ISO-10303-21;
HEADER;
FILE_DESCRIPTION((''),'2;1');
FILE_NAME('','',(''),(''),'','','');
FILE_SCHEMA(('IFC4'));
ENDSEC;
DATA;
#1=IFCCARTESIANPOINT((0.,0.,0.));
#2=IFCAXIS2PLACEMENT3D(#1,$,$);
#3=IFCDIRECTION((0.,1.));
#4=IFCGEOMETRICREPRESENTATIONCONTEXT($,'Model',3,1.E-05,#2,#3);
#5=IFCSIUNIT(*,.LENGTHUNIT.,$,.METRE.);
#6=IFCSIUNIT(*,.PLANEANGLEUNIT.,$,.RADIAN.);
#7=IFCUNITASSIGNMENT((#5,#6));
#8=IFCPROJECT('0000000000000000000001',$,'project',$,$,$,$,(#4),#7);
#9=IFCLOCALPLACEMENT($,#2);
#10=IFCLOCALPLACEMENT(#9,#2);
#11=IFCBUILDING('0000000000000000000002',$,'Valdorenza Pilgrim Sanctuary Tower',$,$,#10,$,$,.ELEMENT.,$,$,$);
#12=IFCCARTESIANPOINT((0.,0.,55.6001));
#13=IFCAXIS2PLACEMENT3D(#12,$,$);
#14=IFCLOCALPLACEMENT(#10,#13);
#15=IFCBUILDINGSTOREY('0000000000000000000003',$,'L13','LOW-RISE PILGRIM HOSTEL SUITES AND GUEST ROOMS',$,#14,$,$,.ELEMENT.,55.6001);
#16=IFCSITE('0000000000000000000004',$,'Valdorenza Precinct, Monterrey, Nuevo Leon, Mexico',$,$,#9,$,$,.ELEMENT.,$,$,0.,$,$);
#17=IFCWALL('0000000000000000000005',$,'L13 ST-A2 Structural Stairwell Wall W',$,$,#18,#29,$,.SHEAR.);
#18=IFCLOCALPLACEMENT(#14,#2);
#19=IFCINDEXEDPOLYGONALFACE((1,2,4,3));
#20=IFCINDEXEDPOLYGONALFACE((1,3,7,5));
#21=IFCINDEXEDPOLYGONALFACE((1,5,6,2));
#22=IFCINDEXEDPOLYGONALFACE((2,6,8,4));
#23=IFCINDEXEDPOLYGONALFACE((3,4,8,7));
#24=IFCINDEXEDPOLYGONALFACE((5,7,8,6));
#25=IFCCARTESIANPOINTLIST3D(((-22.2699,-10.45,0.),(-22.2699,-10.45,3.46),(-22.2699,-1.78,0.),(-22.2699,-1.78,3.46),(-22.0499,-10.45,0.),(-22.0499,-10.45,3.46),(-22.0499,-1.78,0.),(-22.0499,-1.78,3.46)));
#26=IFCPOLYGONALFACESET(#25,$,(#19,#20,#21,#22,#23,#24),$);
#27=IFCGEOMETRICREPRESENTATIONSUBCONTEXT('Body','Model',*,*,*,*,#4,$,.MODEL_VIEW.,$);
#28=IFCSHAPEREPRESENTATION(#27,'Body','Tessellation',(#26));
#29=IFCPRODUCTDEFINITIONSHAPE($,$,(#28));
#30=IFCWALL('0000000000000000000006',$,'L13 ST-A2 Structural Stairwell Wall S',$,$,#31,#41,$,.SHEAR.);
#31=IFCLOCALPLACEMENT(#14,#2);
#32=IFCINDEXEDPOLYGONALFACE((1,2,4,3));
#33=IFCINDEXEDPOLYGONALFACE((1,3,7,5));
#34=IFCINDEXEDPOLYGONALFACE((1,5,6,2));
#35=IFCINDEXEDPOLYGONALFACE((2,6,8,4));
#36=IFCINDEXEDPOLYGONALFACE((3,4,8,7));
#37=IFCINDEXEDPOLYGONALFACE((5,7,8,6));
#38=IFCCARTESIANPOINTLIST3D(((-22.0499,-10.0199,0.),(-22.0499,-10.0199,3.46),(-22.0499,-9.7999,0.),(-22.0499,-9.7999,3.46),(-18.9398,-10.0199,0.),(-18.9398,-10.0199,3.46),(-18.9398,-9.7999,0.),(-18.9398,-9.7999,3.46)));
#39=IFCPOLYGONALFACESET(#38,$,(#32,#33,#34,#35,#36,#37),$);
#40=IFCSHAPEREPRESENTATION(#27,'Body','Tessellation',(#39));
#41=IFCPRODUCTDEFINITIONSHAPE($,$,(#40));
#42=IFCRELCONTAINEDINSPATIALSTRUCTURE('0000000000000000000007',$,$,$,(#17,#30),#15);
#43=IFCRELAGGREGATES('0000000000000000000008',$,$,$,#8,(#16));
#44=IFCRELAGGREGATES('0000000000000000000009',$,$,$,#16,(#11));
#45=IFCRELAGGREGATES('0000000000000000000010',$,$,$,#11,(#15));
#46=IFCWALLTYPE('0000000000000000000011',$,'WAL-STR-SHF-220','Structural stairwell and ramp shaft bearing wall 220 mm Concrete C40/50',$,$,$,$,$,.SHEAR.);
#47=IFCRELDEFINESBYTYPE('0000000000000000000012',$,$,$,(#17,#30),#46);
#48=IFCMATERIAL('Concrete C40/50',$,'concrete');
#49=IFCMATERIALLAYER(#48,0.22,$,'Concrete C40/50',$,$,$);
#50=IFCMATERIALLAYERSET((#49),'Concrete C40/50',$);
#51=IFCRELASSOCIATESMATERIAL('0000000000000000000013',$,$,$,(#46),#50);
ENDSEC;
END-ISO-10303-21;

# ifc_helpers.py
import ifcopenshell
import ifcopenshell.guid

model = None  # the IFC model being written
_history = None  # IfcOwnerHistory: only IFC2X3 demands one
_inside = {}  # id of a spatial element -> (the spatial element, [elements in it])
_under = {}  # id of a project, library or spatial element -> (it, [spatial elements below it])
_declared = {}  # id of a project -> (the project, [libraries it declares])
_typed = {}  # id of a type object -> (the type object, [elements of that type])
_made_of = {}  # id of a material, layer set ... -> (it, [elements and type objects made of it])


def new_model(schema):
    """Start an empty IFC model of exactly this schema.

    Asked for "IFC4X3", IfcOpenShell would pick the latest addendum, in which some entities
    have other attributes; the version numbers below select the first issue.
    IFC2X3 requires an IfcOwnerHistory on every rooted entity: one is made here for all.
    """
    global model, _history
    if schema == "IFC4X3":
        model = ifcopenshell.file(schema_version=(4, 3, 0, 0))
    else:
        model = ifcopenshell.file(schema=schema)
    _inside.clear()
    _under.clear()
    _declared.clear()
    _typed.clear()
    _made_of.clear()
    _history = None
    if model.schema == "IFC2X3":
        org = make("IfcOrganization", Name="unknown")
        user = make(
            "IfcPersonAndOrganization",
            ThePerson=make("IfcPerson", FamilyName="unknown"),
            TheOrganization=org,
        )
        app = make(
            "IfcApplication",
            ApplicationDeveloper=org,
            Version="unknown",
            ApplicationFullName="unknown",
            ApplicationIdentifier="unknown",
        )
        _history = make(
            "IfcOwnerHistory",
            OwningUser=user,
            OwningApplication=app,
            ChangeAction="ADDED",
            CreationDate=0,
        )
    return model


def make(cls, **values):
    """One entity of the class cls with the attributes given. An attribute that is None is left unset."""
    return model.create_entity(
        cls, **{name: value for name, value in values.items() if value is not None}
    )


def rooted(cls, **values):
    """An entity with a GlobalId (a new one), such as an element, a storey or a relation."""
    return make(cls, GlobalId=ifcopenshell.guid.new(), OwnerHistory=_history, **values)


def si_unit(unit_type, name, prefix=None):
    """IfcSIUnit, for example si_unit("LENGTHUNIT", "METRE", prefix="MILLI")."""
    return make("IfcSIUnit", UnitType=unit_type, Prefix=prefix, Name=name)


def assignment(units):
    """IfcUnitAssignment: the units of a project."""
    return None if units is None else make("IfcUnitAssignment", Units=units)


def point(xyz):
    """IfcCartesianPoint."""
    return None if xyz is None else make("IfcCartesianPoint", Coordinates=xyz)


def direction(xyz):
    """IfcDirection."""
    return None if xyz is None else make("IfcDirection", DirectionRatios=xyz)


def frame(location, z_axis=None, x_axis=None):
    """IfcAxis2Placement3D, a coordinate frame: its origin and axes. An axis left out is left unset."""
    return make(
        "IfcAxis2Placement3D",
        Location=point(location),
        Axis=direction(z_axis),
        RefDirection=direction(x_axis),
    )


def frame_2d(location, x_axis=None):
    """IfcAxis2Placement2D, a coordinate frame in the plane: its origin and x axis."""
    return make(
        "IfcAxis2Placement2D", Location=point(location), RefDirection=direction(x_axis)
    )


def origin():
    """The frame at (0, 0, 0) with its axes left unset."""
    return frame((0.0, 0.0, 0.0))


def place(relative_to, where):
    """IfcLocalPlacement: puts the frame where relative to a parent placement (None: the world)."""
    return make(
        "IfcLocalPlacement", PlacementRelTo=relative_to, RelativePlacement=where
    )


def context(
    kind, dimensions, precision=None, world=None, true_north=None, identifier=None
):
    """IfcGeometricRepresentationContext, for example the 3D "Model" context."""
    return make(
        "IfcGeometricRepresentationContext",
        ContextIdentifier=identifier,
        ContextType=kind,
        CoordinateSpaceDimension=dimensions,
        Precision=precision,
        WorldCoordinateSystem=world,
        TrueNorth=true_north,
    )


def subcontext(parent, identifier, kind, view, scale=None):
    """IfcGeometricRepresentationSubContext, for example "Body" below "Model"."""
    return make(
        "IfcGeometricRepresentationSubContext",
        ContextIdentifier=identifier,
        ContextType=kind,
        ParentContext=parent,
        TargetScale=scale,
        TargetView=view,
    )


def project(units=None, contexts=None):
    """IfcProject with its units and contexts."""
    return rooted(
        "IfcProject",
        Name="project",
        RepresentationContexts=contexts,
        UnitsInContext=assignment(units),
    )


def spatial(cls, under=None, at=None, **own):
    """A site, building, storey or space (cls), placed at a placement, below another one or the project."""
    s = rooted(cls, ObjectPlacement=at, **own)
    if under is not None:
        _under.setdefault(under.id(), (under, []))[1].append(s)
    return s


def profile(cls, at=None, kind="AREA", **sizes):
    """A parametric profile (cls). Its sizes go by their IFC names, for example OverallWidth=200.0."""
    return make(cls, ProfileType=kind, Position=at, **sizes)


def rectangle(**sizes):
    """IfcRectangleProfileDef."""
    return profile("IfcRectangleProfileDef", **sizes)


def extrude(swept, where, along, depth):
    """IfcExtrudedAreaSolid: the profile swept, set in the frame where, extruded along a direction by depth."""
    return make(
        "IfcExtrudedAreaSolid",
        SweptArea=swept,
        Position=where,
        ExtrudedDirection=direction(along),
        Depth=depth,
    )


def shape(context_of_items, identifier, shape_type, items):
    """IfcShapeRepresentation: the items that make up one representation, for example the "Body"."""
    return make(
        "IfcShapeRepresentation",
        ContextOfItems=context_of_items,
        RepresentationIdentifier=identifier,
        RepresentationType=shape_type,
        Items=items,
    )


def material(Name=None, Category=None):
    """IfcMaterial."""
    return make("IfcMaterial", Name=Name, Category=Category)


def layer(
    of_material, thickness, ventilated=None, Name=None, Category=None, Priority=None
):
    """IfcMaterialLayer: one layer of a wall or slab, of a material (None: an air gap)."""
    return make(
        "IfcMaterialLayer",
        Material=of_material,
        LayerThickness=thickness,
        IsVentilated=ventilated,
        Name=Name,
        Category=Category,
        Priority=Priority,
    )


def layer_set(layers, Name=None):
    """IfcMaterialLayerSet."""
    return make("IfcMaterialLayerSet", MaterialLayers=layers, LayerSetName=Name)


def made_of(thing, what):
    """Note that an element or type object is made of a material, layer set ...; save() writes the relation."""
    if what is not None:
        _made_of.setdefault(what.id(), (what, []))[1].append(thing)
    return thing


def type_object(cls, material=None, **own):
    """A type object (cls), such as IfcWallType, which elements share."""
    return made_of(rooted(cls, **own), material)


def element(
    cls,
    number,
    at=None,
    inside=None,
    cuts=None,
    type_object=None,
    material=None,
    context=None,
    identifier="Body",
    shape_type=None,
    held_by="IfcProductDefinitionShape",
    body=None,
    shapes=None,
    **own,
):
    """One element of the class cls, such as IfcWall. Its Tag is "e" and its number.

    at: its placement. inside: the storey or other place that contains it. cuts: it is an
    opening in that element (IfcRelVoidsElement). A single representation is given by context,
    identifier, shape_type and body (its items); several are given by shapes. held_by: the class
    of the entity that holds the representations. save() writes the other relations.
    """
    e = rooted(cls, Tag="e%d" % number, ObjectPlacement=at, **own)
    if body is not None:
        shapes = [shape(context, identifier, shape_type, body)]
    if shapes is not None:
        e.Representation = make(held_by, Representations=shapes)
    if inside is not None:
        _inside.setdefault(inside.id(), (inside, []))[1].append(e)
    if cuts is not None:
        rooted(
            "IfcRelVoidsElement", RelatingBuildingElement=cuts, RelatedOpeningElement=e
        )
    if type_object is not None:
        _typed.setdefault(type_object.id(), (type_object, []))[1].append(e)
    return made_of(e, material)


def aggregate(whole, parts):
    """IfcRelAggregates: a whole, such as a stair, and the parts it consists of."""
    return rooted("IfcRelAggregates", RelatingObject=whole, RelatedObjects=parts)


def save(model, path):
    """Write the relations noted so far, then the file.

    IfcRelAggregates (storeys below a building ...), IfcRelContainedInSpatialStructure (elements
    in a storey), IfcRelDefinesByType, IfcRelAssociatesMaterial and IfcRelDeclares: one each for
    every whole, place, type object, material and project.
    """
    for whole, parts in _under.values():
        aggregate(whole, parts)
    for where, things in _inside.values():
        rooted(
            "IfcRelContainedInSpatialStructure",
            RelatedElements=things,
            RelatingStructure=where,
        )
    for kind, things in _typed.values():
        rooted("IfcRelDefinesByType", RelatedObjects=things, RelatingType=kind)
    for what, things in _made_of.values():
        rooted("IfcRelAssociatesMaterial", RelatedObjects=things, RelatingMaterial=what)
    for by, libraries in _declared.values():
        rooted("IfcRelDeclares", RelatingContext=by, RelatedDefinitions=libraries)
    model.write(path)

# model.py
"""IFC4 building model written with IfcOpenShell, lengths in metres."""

from ifc_helpers import new_model, si_unit, direction, frame, frame_2d, origin, place, context, subcontext, project, spatial, rectangle, extrude, material, layer, layer_set, type_object, element, save


model = new_model("IFC4")

# Units and contexts
model_context = context("Model", 3, precision=1e-05, world=origin(), true_north=direction((0.0, 1.0)))
body_context = subcontext(model_context, "Body", "Model", "MODEL_VIEW")
ifc_project = project(units=[si_unit("LENGTHUNIT", "METRE"), si_unit("PLANEANGLEUNIT", "RADIAN")], contexts=[model_context])

# Site, building, storey
site_placement = place(None, origin())
site = spatial("IfcSite", under=ifc_project, at=site_placement, Name="Valdorenza Precinct, Monterrey, Nuevo Leon, Mexico", CompositionType="ELEMENT", RefElevation=0.0)
building_placement = place(site_placement, origin())
building = spatial("IfcBuilding", under=site, at=building_placement, Name="Valdorenza Pilgrim Sanctuary Tower", CompositionType="ELEMENT")
storey_placement = place(building_placement, frame((0.0, 0.0, 55.6001)))
storey = spatial("IfcBuildingStorey", under=building, at=storey_placement, Name="L13", Description="LOW-RISE PILGRIM HOSTEL SUITES AND GUEST ROOMS", CompositionType="ELEMENT", Elevation=55.6001)

# Walls
ifc_material_1 = material(Name="Concrete C40/50", Category="concrete")
ifc_layer_1 = layer(ifc_material_1, 0.22, Name="Concrete C40/50")
ifc_layer_set_1 = layer_set([ifc_layer_1], Name="Concrete C40/50")
wall_type_1 = type_object("IfcWallType", Name="WAL-STR-SHF-220", Description="Structural stairwell and ramp shaft bearing wall 220 mm Concrete C40/50", PredefinedType="SHEAR", material=ifc_layer_set_1)
wall_1_placement = place(storey_placement, frame((-22.1599, -10.45, 0.0), z_axis=(0.0, 0.0, 1.0), x_axis=(0.0, 1.0, 0.0)))
element("IfcWall", 1, at=wall_1_placement, inside=storey, type_object=wall_type_1, Name="L13 ST-A2 Structural Stairwell Wall W", PredefinedType="SHEAR", context=body_context, shape_type="SweptSolid", body=[
    extrude(rectangle(XDim=8.6699, YDim=0.22, at=frame_2d((4.335, 0.0))), origin(), (0.0, 0.0, 1.0), 3.46),
])
wall_2_placement = place(storey_placement, frame((-22.05, -9.9099, 0.0), z_axis=(0.0, 0.0, 1.0), x_axis=(1.0, 0.0, 0.0)))
element("IfcWall", 2, at=wall_2_placement, inside=storey, type_object=wall_type_1, Name="L13 ST-A2 Structural Stairwell Wall S", PredefinedType="SHEAR", context=body_context, shape_type="SweptSolid", body=[
    extrude(rectangle(XDim=3.1101, YDim=0.22, at=frame_2d((1.5552, 0.0))), origin(), (0.0, 0.0, 1.0), 3.46),
])

save(model, "model.ifc")
